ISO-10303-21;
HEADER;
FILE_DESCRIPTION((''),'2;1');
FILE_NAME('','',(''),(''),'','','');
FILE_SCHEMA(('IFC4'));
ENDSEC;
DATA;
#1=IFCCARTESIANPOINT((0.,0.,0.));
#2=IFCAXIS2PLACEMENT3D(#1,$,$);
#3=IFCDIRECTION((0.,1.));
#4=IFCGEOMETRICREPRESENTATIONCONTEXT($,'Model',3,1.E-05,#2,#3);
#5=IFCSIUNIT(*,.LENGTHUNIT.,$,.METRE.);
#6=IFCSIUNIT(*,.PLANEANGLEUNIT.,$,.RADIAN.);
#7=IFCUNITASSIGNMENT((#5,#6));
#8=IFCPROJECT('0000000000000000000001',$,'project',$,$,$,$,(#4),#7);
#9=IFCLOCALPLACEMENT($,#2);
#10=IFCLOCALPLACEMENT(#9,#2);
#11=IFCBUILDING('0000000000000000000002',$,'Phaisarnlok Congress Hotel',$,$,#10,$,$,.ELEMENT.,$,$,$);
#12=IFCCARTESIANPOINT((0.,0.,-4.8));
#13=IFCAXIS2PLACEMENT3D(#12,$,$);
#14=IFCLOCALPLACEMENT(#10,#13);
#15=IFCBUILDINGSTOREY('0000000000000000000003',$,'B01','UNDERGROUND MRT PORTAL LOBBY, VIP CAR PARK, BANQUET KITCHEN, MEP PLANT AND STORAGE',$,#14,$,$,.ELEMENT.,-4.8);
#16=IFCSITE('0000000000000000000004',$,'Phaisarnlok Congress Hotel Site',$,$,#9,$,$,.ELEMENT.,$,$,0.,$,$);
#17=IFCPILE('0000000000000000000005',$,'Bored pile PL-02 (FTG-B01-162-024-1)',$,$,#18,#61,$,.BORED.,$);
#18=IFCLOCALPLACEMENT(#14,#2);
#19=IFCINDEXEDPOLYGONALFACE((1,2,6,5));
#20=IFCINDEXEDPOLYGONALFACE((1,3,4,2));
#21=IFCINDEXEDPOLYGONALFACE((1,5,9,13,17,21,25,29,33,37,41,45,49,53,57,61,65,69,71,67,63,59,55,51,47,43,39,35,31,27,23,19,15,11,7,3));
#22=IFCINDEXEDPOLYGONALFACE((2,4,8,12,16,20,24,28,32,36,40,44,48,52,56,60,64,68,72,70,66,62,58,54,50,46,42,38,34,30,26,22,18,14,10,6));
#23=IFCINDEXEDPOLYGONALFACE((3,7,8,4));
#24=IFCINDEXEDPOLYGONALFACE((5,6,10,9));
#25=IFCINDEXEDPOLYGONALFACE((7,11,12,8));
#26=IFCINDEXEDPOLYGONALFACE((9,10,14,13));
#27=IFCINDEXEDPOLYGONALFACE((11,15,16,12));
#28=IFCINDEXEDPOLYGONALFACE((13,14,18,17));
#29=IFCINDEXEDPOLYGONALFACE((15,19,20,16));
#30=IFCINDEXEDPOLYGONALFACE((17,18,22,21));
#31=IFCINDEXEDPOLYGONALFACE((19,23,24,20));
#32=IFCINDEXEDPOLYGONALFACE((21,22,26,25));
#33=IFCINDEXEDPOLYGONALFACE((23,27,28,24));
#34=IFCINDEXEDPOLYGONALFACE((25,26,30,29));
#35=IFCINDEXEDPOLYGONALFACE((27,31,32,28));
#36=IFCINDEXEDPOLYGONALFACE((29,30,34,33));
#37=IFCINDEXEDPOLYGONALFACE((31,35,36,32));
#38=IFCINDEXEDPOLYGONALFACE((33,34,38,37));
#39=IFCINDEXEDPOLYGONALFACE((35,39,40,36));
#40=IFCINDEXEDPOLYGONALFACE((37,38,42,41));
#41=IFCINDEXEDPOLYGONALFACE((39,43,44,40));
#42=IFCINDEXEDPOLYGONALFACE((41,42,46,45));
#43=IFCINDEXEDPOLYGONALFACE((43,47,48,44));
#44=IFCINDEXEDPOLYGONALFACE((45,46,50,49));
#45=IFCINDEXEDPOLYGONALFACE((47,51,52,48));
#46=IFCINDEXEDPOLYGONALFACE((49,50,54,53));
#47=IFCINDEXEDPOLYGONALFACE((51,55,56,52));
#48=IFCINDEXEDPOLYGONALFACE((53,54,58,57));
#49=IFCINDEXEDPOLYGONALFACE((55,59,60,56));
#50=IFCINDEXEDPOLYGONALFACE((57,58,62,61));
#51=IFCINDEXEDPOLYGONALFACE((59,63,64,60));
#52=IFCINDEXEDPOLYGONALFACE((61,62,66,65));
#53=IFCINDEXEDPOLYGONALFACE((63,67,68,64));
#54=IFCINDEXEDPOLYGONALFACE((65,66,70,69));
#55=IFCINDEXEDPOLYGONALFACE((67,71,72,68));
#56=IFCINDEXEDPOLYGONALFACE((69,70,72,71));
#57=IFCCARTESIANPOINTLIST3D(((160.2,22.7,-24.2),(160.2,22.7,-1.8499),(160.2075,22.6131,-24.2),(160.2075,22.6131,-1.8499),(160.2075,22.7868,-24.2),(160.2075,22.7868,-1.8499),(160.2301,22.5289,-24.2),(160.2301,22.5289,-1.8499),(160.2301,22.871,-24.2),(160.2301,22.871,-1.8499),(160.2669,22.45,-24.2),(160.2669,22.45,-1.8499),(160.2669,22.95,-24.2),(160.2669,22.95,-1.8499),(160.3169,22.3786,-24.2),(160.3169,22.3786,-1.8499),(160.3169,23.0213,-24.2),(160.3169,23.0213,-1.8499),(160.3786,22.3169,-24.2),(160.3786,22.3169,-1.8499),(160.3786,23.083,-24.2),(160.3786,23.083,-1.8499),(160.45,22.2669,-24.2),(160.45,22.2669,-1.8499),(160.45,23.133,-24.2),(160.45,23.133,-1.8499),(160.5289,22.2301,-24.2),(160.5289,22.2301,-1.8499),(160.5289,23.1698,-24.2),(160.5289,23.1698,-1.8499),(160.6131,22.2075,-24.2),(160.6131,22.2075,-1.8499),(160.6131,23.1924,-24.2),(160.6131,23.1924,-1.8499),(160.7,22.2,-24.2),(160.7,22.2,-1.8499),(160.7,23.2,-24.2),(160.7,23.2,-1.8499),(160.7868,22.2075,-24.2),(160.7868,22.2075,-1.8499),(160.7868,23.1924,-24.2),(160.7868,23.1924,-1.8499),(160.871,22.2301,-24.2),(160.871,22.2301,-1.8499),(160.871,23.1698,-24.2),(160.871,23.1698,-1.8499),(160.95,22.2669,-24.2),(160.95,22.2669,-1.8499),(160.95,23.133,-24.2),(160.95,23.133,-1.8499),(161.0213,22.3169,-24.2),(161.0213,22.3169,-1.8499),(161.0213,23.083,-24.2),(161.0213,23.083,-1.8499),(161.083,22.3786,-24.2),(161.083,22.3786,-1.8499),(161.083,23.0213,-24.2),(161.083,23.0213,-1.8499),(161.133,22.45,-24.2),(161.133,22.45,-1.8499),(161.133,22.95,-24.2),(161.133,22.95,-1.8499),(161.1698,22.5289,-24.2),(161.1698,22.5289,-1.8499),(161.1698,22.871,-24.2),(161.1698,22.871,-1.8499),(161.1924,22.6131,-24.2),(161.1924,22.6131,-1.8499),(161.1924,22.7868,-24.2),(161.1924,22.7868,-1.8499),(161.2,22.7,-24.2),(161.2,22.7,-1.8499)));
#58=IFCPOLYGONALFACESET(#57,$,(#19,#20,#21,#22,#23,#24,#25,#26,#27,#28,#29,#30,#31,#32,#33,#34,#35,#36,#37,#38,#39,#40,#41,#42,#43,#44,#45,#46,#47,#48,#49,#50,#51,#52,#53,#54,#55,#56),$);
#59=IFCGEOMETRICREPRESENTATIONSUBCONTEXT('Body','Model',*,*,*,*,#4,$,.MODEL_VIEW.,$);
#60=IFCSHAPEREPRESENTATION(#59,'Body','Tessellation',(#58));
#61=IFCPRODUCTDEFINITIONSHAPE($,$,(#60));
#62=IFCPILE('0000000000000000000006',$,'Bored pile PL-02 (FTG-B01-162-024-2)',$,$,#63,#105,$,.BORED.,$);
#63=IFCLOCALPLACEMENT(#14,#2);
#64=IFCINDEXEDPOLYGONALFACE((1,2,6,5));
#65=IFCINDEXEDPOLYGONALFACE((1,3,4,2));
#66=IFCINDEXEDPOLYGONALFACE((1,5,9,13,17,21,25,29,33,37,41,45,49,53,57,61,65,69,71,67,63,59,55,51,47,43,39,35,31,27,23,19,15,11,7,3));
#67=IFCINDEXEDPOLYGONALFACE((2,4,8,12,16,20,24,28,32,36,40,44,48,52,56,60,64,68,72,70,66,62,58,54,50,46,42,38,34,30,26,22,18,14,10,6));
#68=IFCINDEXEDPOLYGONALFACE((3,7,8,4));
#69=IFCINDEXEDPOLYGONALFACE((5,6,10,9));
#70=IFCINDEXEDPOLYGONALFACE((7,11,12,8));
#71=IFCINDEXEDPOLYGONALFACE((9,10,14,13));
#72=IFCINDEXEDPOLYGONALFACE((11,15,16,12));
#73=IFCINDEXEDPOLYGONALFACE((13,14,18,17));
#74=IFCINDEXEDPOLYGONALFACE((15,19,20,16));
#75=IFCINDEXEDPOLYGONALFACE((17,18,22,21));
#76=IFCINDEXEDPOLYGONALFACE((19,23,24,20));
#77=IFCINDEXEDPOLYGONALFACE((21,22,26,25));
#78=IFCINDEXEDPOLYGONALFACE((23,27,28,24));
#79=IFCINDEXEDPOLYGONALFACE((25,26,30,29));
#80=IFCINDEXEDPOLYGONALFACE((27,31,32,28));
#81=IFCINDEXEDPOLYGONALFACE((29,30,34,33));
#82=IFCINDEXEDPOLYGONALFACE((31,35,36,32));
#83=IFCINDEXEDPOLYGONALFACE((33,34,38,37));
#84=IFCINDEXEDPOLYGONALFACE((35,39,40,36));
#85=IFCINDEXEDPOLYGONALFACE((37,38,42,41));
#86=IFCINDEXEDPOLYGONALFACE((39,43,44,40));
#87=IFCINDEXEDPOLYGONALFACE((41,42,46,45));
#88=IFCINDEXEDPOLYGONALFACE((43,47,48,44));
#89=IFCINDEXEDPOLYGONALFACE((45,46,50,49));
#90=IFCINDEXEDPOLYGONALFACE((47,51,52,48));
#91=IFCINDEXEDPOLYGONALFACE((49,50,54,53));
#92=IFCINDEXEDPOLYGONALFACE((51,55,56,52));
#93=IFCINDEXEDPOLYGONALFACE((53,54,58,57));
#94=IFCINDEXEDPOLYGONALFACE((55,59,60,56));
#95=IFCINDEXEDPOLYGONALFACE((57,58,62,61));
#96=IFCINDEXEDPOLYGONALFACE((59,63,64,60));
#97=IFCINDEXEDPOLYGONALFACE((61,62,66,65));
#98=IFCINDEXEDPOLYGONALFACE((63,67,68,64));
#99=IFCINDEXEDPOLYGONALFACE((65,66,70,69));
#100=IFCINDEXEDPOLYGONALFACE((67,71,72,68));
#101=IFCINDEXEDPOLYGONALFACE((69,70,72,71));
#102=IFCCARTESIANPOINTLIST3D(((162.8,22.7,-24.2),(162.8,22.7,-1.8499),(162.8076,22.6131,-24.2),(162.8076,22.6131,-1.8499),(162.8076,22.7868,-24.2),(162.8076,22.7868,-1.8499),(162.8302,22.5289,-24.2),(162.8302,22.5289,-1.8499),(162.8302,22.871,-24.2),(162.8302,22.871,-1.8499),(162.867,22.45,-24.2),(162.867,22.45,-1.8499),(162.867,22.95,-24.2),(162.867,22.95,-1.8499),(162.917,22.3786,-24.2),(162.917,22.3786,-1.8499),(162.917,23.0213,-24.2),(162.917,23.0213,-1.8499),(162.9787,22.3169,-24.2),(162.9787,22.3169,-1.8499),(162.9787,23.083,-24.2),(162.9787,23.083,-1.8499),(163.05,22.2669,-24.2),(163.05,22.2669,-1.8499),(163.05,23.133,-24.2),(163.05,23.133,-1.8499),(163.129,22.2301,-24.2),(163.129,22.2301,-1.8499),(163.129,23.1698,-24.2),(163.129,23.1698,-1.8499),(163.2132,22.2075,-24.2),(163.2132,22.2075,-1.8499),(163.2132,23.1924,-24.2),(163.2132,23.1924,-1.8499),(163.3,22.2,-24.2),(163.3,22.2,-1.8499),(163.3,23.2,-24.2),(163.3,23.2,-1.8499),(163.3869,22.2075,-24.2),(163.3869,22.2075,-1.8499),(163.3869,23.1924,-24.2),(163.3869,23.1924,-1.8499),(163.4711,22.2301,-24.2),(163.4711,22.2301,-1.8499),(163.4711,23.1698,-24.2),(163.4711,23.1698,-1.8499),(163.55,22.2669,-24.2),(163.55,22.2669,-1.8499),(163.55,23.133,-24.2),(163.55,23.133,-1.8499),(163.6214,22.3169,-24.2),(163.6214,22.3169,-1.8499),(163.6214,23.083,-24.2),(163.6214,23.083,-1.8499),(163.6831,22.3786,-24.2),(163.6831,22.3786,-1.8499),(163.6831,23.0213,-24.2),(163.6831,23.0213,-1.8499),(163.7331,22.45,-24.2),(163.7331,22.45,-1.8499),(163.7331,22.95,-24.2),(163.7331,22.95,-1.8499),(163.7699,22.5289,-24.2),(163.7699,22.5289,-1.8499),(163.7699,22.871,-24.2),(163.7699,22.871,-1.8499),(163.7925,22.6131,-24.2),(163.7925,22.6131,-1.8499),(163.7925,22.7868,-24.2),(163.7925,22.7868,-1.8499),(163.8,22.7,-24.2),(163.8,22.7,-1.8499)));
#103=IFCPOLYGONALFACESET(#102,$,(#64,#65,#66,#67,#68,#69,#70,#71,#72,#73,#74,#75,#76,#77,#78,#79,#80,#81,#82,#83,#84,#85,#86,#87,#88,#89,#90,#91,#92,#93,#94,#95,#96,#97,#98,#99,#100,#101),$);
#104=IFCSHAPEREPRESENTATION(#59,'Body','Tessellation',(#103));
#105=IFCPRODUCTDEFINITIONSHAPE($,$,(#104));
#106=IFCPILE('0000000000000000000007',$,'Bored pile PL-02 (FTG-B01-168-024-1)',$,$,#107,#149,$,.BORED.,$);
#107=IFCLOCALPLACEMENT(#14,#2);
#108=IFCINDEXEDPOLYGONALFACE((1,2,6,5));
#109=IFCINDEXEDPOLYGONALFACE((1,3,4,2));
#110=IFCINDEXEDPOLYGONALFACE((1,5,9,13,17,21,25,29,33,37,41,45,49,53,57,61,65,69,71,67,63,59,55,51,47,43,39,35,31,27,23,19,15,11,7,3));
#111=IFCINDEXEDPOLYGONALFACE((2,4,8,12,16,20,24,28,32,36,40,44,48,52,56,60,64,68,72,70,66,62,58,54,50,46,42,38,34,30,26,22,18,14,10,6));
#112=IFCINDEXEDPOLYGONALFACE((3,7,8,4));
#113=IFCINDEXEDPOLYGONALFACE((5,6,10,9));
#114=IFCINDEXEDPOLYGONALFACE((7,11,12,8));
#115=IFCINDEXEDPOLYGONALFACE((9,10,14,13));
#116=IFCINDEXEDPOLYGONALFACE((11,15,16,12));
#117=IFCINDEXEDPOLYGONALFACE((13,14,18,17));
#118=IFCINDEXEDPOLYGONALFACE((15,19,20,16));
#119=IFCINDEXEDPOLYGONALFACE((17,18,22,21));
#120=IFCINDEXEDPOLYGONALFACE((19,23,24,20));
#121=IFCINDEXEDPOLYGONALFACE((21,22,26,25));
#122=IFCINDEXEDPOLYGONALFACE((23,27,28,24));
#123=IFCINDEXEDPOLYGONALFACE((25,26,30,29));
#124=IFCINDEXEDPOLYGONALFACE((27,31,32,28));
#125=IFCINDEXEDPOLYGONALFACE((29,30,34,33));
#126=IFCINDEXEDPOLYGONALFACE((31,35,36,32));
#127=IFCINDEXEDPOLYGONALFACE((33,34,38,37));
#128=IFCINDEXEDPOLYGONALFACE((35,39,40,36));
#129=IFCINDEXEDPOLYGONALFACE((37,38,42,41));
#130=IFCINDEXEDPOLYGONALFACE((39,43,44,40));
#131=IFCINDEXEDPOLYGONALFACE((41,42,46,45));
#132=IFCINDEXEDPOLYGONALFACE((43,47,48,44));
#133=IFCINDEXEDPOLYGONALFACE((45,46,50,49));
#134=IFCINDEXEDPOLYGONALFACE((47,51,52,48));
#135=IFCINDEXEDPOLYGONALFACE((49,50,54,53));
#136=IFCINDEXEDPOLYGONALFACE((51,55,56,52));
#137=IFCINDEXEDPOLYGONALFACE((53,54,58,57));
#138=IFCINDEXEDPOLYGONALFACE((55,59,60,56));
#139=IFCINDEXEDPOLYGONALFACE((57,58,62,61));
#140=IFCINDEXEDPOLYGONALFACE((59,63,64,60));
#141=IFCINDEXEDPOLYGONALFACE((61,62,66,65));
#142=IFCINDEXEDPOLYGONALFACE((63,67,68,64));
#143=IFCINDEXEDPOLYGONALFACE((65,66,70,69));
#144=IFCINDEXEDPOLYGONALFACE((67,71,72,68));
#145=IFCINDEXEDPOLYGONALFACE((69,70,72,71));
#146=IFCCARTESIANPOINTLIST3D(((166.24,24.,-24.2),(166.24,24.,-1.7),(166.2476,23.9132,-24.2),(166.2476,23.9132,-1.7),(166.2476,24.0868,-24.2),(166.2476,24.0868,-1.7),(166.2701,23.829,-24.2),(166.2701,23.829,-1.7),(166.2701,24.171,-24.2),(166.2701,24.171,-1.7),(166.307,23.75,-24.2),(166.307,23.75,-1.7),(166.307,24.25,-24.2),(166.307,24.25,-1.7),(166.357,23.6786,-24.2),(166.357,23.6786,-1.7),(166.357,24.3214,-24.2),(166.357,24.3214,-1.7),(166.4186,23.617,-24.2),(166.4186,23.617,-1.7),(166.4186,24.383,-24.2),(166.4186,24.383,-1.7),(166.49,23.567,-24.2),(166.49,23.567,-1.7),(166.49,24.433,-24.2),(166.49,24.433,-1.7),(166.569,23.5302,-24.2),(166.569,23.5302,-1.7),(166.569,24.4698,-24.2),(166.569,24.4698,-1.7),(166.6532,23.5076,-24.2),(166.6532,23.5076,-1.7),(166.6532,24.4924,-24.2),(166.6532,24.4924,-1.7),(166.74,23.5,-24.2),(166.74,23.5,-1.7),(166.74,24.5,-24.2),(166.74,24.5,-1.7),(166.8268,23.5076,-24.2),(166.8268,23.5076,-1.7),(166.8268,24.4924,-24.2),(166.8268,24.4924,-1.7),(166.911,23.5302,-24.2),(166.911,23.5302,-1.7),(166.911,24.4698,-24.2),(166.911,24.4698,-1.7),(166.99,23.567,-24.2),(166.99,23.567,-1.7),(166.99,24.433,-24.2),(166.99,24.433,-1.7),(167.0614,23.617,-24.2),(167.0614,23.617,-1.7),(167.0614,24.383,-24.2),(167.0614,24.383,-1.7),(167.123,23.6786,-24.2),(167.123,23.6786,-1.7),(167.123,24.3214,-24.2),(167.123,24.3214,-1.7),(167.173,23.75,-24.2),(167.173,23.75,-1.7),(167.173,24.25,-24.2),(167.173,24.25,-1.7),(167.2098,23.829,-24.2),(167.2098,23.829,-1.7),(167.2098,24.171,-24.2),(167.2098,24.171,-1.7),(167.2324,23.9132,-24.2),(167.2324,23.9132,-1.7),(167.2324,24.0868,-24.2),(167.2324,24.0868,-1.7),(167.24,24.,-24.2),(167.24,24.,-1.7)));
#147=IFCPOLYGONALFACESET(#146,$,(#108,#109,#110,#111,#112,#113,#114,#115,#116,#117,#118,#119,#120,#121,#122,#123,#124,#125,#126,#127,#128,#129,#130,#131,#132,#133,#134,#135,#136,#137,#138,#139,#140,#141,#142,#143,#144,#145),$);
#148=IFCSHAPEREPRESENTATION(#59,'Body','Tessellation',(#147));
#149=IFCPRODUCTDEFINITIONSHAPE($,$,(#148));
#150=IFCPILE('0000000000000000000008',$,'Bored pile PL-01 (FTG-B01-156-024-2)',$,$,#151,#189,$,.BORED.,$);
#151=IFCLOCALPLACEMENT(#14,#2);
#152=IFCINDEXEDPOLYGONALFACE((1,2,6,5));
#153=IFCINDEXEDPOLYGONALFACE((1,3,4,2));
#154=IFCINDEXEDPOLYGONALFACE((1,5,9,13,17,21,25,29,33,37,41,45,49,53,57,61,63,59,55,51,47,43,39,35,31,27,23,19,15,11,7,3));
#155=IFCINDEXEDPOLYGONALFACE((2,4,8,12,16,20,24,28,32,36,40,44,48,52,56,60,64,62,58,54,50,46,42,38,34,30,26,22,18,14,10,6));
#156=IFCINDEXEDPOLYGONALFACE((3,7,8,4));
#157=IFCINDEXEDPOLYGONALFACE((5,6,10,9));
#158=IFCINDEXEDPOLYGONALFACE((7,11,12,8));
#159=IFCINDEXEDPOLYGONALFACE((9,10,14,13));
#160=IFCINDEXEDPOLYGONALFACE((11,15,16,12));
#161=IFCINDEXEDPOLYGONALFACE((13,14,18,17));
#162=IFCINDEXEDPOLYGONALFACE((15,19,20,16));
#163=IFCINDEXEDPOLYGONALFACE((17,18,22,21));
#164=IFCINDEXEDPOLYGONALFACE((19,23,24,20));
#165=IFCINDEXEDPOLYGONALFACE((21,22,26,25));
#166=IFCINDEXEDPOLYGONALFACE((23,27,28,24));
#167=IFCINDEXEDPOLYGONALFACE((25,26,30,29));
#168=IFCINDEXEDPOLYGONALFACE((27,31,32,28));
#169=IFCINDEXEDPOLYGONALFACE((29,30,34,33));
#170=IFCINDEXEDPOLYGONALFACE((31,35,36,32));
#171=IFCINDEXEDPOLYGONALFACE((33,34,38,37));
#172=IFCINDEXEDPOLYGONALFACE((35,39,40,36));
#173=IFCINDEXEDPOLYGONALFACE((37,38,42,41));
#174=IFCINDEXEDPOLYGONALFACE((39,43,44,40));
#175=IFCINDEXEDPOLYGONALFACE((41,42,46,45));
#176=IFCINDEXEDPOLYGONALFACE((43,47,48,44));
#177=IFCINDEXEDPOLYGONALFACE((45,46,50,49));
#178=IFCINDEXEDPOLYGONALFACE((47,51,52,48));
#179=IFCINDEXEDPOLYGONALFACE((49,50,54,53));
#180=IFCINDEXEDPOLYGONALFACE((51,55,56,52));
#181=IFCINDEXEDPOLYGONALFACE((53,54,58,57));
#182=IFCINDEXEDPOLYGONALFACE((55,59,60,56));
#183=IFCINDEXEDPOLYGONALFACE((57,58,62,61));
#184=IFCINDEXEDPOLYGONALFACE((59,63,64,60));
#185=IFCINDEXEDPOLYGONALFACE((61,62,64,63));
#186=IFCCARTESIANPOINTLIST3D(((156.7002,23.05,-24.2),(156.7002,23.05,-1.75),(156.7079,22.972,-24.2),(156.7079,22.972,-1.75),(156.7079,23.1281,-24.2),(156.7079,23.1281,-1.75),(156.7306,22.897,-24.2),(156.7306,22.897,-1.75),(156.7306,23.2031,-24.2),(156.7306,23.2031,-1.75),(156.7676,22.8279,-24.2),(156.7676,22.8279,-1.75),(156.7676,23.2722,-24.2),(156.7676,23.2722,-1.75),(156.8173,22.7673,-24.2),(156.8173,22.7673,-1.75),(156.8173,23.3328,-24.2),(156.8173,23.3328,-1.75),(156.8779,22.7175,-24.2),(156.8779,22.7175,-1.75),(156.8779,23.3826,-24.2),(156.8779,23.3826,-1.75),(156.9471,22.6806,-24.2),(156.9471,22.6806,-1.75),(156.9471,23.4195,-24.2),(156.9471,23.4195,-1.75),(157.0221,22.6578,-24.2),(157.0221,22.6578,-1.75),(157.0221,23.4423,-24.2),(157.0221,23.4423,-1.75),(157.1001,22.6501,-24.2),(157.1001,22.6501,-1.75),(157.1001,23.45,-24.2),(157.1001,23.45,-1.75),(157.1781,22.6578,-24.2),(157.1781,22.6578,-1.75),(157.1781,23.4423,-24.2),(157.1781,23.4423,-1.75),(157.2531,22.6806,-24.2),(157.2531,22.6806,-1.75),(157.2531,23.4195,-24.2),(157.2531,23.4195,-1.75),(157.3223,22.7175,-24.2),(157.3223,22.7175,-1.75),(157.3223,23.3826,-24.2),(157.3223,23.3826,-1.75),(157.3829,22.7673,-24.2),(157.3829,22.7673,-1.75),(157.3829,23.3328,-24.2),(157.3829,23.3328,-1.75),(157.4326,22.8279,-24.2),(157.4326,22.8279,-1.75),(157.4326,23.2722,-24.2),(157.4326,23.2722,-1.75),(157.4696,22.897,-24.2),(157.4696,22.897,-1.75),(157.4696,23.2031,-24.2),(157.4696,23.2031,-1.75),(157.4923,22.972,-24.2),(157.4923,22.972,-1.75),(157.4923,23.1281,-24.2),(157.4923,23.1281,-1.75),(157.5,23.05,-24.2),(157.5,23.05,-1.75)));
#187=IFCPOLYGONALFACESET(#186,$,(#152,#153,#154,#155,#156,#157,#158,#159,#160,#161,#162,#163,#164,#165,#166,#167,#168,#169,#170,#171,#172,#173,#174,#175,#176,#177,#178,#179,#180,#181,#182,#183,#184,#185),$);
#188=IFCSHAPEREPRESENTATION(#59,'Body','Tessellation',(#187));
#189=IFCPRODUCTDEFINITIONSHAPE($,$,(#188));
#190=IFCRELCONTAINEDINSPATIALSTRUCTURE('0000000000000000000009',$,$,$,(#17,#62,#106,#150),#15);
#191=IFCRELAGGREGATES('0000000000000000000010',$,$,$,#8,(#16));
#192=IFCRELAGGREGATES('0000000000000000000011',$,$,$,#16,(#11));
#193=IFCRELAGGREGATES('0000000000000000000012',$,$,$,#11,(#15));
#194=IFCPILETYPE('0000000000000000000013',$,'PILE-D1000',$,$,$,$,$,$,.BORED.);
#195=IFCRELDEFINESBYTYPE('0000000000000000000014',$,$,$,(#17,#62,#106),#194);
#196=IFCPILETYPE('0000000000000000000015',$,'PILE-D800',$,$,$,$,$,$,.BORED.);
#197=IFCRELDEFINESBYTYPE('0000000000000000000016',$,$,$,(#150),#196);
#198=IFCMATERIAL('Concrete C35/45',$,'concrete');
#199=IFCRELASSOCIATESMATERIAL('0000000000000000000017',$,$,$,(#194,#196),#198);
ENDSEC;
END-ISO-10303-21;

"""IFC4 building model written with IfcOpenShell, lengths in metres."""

from ifc_helpers import new_model, si_unit, direction, frame, origin, origin_2d, place, context, subcontext, project, spatial, circle, extrude, material, material_profile, profile_set, type_object, element, save


model = new_model("IFC4")

# Units and contexts
model_context = context("Model", 3, precision=1e-05, world=origin(), true_north=direction((0.0, 1.0)))
body_context = subcontext(model_context, "Body", "Model", "MODEL_VIEW")
ifc_project = project(units=[si_unit("LENGTHUNIT", "METRE"), si_unit("PLANEANGLEUNIT", "RADIAN")], contexts=[model_context])

# Site, building, storey
site_placement = place(None, origin())
site = spatial("IfcSite", under=ifc_project, at=site_placement, Name="Phaisarnlok Congress Hotel Site", CompositionType="ELEMENT", RefElevation=0.0)
building_placement = place(site_placement, origin())
building = spatial("IfcBuilding", under=site, at=building_placement, Name="Phaisarnlok Congress Hotel", CompositionType="ELEMENT")
storey_placement = place(building_placement, frame((0.0, 0.0, -4.8)))
storey = spatial("IfcBuildingStorey", under=building, at=storey_placement, Name="B01", Description="UNDERGROUND MRT PORTAL LOBBY, VIP CAR PARK, BANQUET KITCHEN, MEP PLANT AND STORAGE", CompositionType="ELEMENT", Elevation=-4.8)

# Piles
ifc_material_1 = material(Name="Concrete C35/45", Category="concrete")
ifc_material_profile_1 = material_profile(ifc_material_1, circle(Radius=0.5, at=origin_2d()), Name="BORED PILE D1000")
ifc_profile_set_1 = profile_set([ifc_material_profile_1], Name="Concrete C35/45")
pile_type_1 = type_object("IfcPileType", Name="PILE-D1000", PredefinedType="BORED", material=ifc_profile_set_1)
for number, where, z_axis, x_axis, name in (
    (1, (160.7, 22.7, -1.8499), (0.0, 0.0, -1.0), (1.0, 0.0, 0.0), "Bored pile PL-02 (FTG-B01-162-024-1)"),
    (2, (163.3, 22.7, -1.8499), (0.0, 0.0, -1.0), (1.0, 0.0, 0.0), "Bored pile PL-02 (FTG-B01-162-024-2)"),
):
    element("IfcPile", number, at=place(storey_placement, frame(where, z_axis=z_axis, x_axis=x_axis)), inside=storey, type_object=pile_type_1, Name=name, PredefinedType="BORED", context=body_context, shape_type="SweptSolid", body=[
        extrude(circle(Radius=0.5, at=origin_2d()), origin(), (0.0, 0.0, 1.0), 22.3501),
    ])
pile_1_placement = place(storey_placement, frame((166.74, 24.0, -1.7), z_axis=(0.0, 0.0, -1.0), x_axis=(1.0, 0.0, 0.0)))
element("IfcPile", 3, at=pile_1_placement, inside=storey, type_object=pile_type_1, Name="Bored pile PL-02 (FTG-B01-168-024-1)", PredefinedType="BORED", context=body_context, shape_type="SweptSolid", body=[
    extrude(circle(Radius=0.5, at=origin_2d()), origin(), (0.0, 0.0, 1.0), 22.5),
])
ifc_material_profile_2 = material_profile(ifc_material_1, circle(Radius=0.3999, at=origin_2d()), Name="BORED PILE D800")
ifc_profile_set_2 = profile_set([ifc_material_profile_2], Name="Concrete C35/45")
pile_type_2 = type_object("IfcPileType", Name="PILE-D800", PredefinedType="BORED", material=ifc_profile_set_2)
pile_2_placement = place(storey_placement, frame((157.1001, 23.05, -1.75), z_axis=(0.0, 0.0, -1.0), x_axis=(1.0, 0.0, 0.0)))
element("IfcPile", 4, at=pile_2_placement, inside=storey, type_object=pile_type_2, Name="Bored pile PL-01 (FTG-B01-156-024-2)", PredefinedType="BORED", context=body_context, shape_type="SweptSolid", body=[
    extrude(circle(Radius=0.3999, at=origin_2d()), origin(), (0.0, 0.0, 1.0), 22.45),
])

save(model, "model.ifc")
